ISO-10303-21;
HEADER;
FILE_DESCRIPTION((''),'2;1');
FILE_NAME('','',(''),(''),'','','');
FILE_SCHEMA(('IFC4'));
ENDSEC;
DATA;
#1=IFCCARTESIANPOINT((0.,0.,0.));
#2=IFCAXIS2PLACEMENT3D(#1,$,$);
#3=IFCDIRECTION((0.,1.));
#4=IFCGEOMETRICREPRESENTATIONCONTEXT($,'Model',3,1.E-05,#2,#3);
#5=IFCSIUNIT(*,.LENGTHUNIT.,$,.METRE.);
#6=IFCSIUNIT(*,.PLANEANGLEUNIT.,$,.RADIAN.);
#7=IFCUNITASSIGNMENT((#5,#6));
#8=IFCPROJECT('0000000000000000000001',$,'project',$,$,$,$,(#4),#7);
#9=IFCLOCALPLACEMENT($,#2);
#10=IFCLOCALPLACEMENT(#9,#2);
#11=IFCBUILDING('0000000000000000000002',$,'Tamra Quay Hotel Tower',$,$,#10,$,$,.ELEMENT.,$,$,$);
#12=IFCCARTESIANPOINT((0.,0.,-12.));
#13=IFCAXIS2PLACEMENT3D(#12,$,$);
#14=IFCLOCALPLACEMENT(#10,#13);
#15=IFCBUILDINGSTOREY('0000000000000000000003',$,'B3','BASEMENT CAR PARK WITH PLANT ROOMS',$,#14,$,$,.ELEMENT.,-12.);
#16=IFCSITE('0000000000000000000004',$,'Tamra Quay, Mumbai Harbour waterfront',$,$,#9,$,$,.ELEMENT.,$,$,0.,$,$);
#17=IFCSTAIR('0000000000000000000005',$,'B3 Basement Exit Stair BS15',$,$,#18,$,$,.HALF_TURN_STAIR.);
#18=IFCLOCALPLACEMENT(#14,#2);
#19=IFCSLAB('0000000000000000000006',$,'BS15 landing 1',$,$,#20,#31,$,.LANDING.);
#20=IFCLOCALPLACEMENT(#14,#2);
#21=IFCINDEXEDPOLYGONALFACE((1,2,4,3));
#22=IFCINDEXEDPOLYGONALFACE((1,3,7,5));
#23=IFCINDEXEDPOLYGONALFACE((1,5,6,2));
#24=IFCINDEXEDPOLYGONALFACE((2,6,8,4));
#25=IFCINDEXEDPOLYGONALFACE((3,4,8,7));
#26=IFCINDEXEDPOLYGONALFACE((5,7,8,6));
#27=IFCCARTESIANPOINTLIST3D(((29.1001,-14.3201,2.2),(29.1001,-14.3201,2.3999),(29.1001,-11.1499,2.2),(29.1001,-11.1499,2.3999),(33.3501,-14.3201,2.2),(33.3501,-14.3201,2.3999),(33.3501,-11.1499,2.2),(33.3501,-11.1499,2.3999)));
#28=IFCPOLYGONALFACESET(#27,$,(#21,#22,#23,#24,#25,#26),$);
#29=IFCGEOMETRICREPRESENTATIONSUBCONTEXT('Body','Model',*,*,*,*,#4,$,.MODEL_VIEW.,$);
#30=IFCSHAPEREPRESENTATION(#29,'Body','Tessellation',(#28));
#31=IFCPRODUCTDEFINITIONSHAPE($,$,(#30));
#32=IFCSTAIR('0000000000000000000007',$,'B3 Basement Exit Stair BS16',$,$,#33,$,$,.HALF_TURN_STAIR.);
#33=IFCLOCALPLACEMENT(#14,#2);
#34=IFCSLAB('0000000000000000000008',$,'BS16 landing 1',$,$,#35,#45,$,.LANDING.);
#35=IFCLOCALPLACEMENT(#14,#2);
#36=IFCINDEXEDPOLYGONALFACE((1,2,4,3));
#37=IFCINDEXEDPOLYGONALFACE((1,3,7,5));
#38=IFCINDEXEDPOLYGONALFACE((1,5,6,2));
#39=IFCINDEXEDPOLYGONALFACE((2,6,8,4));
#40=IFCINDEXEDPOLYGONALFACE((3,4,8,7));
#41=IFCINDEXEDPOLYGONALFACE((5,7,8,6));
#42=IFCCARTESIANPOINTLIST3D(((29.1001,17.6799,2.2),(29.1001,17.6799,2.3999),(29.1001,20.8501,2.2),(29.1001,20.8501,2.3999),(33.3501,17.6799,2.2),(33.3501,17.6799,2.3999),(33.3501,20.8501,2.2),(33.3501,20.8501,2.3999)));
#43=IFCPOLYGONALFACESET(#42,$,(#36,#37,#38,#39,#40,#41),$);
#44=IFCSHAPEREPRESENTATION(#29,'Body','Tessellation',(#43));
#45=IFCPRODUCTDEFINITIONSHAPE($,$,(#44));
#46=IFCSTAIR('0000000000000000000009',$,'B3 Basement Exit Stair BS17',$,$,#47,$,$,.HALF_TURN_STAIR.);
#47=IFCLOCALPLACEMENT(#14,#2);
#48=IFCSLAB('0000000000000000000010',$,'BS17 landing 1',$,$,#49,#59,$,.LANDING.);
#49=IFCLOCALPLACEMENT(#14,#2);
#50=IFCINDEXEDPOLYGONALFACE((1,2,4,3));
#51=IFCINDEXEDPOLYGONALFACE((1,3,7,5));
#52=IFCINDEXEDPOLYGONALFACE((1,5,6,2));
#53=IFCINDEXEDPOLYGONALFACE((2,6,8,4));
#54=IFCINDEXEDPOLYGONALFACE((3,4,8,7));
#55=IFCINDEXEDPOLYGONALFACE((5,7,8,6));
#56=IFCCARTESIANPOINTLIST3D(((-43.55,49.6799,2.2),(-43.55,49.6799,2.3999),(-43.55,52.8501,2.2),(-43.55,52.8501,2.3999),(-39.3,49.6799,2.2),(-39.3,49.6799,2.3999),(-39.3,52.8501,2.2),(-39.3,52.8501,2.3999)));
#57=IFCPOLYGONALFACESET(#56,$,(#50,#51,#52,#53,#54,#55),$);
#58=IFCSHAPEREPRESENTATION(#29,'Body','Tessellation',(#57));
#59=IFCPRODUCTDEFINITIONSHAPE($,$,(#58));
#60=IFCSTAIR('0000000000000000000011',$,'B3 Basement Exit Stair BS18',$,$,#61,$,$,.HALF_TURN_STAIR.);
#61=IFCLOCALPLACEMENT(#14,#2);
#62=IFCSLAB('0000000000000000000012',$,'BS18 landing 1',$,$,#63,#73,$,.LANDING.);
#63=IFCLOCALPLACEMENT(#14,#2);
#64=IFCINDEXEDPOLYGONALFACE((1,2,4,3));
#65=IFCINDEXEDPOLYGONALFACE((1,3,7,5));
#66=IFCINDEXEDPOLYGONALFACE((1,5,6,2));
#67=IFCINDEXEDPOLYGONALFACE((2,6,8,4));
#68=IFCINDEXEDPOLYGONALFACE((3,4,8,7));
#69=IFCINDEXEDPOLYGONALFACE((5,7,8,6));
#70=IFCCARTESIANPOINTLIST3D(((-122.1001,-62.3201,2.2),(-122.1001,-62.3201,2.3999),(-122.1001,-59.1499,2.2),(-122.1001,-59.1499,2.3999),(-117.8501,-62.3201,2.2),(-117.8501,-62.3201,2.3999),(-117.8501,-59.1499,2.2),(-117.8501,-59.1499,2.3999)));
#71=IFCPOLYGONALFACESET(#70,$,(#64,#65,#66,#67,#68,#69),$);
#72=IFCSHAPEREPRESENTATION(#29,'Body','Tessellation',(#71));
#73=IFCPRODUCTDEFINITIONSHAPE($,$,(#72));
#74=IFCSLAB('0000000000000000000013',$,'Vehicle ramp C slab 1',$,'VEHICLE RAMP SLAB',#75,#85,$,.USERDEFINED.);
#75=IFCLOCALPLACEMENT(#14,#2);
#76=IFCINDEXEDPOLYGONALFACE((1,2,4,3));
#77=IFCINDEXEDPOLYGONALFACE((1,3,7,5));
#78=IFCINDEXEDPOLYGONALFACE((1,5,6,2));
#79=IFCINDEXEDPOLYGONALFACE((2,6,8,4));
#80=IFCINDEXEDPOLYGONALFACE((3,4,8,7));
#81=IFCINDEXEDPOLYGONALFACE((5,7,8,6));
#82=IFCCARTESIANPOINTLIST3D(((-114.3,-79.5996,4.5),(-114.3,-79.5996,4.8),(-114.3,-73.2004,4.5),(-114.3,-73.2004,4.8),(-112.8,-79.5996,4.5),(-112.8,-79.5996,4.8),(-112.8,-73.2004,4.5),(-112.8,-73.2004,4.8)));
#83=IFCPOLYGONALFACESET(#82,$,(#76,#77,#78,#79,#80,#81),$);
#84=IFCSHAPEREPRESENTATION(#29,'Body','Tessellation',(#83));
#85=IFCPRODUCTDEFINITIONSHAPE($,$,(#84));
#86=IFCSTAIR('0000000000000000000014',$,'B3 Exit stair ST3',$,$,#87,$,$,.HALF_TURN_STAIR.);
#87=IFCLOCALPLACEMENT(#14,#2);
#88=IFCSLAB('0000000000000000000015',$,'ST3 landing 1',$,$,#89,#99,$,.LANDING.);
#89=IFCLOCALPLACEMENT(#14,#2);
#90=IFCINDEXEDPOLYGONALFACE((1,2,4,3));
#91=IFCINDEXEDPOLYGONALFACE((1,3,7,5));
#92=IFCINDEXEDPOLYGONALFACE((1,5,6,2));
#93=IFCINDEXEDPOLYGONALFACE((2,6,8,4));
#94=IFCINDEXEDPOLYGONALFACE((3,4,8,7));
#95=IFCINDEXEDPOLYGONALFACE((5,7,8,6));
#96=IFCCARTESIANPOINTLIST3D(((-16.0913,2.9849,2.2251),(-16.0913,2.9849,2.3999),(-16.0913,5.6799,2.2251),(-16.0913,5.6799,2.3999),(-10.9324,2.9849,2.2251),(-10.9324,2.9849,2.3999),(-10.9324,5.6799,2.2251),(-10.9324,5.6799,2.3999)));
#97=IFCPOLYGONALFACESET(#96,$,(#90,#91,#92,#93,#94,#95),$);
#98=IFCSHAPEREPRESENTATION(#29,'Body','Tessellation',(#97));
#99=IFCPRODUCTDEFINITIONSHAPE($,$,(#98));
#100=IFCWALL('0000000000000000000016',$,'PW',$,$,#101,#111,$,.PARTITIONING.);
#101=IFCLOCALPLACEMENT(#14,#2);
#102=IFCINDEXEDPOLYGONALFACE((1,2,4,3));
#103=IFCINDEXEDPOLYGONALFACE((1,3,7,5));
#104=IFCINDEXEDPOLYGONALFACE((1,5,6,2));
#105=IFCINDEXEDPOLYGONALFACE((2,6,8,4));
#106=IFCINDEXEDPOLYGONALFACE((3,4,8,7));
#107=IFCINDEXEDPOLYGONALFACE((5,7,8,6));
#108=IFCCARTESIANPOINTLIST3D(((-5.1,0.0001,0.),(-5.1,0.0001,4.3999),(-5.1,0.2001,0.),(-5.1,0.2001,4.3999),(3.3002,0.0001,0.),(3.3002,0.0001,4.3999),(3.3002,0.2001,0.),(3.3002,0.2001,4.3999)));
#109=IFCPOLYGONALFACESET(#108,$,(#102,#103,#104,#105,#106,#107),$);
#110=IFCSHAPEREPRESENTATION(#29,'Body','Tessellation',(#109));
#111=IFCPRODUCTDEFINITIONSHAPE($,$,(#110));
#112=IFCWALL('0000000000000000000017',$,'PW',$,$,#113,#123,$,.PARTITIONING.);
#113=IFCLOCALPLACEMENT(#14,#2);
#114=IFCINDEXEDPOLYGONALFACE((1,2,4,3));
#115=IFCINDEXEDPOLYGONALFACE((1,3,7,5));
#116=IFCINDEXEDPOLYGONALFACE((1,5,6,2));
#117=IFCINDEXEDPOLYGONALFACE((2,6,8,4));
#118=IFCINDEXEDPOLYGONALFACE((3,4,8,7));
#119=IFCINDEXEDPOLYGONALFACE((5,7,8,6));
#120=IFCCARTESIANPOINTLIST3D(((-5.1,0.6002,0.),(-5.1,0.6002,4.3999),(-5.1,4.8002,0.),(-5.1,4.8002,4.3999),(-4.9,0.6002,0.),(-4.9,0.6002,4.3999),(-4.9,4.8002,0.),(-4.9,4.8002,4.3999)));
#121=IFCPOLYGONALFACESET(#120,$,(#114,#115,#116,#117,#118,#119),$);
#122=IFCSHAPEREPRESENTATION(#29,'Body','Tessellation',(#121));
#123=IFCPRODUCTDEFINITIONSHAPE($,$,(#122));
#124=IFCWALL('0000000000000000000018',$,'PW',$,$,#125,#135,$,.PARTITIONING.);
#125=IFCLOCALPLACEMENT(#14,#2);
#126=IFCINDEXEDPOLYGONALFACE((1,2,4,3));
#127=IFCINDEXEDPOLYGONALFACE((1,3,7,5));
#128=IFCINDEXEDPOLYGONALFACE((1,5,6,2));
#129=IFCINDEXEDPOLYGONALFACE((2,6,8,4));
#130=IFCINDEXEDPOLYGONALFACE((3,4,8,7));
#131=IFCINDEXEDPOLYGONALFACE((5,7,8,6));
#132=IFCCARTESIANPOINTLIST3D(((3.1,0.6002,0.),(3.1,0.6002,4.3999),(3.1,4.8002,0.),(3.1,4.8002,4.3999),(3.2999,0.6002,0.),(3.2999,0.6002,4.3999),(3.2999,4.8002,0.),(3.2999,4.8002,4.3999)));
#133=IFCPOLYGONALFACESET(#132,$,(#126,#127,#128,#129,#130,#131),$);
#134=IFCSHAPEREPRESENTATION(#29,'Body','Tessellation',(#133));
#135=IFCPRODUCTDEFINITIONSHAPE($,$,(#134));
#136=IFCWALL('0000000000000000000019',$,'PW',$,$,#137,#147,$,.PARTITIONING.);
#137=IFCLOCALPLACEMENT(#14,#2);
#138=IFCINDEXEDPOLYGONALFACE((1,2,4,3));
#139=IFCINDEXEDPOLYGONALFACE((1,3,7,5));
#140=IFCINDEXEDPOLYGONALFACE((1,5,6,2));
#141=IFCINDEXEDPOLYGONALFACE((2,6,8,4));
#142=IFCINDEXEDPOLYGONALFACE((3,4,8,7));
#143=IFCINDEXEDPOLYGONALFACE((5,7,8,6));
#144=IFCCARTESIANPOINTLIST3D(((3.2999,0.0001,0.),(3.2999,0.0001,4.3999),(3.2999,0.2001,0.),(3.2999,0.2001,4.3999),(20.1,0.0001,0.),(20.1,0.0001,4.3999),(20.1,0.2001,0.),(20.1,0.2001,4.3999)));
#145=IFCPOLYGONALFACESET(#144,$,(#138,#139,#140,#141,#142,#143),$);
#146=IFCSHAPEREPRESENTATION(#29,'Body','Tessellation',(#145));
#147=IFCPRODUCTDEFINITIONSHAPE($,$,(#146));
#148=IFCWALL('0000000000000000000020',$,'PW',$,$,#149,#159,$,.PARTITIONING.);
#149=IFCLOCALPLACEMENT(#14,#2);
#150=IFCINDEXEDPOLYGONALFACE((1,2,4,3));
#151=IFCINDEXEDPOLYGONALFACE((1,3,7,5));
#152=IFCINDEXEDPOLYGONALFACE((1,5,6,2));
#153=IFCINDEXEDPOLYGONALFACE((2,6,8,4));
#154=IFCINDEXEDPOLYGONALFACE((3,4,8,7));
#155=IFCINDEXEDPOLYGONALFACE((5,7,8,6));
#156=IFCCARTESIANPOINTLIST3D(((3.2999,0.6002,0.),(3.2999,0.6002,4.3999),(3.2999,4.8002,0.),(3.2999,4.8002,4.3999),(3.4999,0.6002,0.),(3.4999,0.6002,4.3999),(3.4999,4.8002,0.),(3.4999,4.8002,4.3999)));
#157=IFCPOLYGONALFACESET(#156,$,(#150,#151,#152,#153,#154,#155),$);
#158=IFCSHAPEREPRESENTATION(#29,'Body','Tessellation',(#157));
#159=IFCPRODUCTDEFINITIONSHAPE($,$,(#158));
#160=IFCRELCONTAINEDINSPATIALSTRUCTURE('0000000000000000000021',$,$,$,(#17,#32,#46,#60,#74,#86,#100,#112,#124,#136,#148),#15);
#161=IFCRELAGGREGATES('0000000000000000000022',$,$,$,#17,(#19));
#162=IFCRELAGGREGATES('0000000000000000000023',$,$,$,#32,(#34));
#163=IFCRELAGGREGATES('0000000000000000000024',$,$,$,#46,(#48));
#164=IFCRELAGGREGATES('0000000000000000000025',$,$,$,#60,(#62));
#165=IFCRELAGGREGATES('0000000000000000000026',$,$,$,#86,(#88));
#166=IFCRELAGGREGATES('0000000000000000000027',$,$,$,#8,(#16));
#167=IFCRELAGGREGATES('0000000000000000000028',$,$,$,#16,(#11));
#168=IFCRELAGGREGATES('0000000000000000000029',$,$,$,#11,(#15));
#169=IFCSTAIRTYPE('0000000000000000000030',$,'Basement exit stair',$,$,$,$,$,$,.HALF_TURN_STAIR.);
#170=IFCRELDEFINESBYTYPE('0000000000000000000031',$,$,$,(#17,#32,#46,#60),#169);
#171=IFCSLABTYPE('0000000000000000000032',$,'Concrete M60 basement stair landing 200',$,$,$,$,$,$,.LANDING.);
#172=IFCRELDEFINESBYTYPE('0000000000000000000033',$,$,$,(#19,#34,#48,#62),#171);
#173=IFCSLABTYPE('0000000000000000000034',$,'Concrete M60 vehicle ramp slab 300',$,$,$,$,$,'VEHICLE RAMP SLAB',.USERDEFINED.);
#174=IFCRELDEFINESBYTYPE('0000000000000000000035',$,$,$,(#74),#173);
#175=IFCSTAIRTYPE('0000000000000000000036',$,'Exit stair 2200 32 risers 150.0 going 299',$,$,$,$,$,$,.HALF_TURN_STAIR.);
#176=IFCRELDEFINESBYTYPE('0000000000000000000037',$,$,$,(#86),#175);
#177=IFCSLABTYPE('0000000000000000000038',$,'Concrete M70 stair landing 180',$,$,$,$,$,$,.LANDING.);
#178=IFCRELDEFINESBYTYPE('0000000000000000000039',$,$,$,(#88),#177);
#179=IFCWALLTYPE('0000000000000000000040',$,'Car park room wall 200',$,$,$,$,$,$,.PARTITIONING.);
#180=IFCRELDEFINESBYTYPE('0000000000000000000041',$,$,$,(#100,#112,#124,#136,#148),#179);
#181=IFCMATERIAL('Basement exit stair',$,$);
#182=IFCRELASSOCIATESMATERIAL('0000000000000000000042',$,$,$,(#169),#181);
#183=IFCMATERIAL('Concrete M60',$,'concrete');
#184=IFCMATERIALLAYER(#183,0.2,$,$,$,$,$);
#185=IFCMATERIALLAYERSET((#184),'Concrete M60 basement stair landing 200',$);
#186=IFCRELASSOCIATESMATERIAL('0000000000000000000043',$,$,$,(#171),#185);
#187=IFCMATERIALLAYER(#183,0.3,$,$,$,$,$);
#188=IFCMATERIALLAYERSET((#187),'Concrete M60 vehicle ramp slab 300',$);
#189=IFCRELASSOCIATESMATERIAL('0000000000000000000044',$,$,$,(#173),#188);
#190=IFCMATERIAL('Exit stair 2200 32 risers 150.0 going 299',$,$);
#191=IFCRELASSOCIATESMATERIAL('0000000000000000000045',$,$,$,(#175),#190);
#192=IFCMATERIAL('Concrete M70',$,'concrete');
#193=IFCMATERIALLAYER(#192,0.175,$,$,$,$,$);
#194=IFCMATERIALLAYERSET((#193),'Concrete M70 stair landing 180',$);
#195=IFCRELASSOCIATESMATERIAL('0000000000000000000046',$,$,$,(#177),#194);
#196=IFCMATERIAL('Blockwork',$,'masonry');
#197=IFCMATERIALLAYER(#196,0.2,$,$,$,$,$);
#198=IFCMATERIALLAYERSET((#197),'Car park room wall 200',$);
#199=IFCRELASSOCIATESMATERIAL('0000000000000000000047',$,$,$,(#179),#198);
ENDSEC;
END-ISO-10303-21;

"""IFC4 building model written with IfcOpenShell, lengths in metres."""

from ifc_helpers import new_model, si_unit, direction, frame, frame_2d, origin, place, context, subcontext, project, spatial, polyline, rectangle, outline, extrude, material, layer, layer_set, type_object, element, aggregate, save


model = new_model("IFC4")

# Units and contexts
model_context = context("Model", 3, precision=1e-05, world=origin(), true_north=direction((0.0, 1.0)))
body_context = subcontext(model_context, "Body", "Model", "MODEL_VIEW")
ifc_project = project(units=[si_unit("LENGTHUNIT", "METRE"), si_unit("PLANEANGLEUNIT", "RADIAN")], contexts=[model_context])

# Site, building, storey
site_placement = place(None, origin())
site = spatial("IfcSite", under=ifc_project, at=site_placement, Name="Tamra Quay, Mumbai Harbour waterfront", CompositionType="ELEMENT", RefElevation=0.0)
building_placement = place(site_placement, origin())
building = spatial("IfcBuilding", under=site, at=building_placement, Name="Tamra Quay Hotel Tower", CompositionType="ELEMENT")
storey_placement = place(building_placement, frame((0.0, 0.0, -12.0)))
storey = spatial("IfcBuildingStorey", under=building, at=storey_placement, Name="B3", Description="BASEMENT CAR PARK WITH PLANT ROOMS", CompositionType="ELEMENT", Elevation=-12.0)

# Shared definitions
ifc_material_1 = material(Name="Concrete M70", Category="concrete")

# Shared definitions
ifc_material_2 = material(Name="Concrete M60", Category="concrete")

# Stairs, slabs
ifc_material_3 = material(Name="Basement exit stair")
stair_type_1 = type_object("IfcStairType", Name="Basement exit stair", PredefinedType="HALF_TURN_STAIR", material=ifc_material_3)
ifc_layer_1 = layer(ifc_material_2, 0.2)
ifc_layer_set_1 = layer_set([ifc_layer_1], Name="Concrete M60 basement stair landing 200")
slab_type_1 = type_object("IfcSlabType", Name="Concrete M60 basement stair landing 200", PredefinedType="LANDING", material=ifc_layer_set_1)
stair_1_placement = place(storey_placement, origin())
stair_1 = element("IfcStair", 1, at=stair_1_placement, inside=storey, type_object=stair_type_1, Name="B3 Basement Exit Stair BS15", PredefinedType="HALF_TURN_STAIR")
slab_1_placement = place(storey_placement, frame((0.0, 0.0, 2.2)))
slab_1 = element("IfcSlab", 2, at=slab_1_placement, type_object=slab_type_1, Name="BS15 landing 1", PredefinedType="LANDING", context=body_context, shape_type="SweptSolid", body=[
    extrude(outline(polyline([(33.3501, -14.3201), (33.3501, -11.1499), (29.1001, -11.1499), (29.1001, -14.3201), (33.3501, -14.3201)])), origin(), (0.0, 0.0, 1.0), 0.2),
])
aggregate(stair_1, [slab_1])
stair_2_placement = place(storey_placement, origin())
stair_2 = element("IfcStair", 3, at=stair_2_placement, inside=storey, type_object=stair_type_1, Name="B3 Basement Exit Stair BS16", PredefinedType="HALF_TURN_STAIR")
slab_2_placement = place(storey_placement, frame((0.0, 0.0, 2.2)))
slab_2 = element("IfcSlab", 4, at=slab_2_placement, type_object=slab_type_1, Name="BS16 landing 1", PredefinedType="LANDING", context=body_context, shape_type="SweptSolid", body=[
    extrude(outline(polyline([(33.3501, 17.6799), (33.3501, 20.8501), (29.1001, 20.8501), (29.1001, 17.6799), (33.3501, 17.6799)])), origin(), (0.0, 0.0, 1.0), 0.2),
])
aggregate(stair_2, [slab_2])
stair_3_placement = place(storey_placement, origin())
stair_3 = element("IfcStair", 5, at=stair_3_placement, inside=storey, type_object=stair_type_1, Name="B3 Basement Exit Stair BS17", PredefinedType="HALF_TURN_STAIR")
slab_3_placement = place(storey_placement, frame((0.0, 0.0, 2.2)))
slab_3 = element("IfcSlab", 6, at=slab_3_placement, type_object=slab_type_1, Name="BS17 landing 1", PredefinedType="LANDING", context=body_context, shape_type="SweptSolid", body=[
    extrude(outline(polyline([(-39.3, 49.6799), (-39.3, 52.8501), (-43.55, 52.8501), (-43.55, 49.6799), (-39.3, 49.6799)])), origin(), (0.0, 0.0, 1.0), 0.2),
])
aggregate(stair_3, [slab_3])
stair_4_placement = place(storey_placement, origin())
stair_4 = element("IfcStair", 7, at=stair_4_placement, inside=storey, type_object=stair_type_1, Name="B3 Basement Exit Stair BS18", PredefinedType="HALF_TURN_STAIR")
slab_4_placement = place(storey_placement, frame((0.0, 0.0, 2.2)))
slab_4 = element("IfcSlab", 8, at=slab_4_placement, type_object=slab_type_1, Name="BS18 landing 1", PredefinedType="LANDING", context=body_context, shape_type="SweptSolid", body=[
    extrude(outline(polyline([(-117.8501, -62.3201), (-117.8501, -59.1499), (-122.1001, -59.1499), (-122.1001, -62.3201), (-117.8501, -62.3201)])), origin(), (0.0, 0.0, 1.0), 0.2),
])
aggregate(stair_4, [slab_4])

# Slab
ifc_layer_2 = layer(ifc_material_2, 0.3)
ifc_layer_set_2 = layer_set([ifc_layer_2], Name="Concrete M60 vehicle ramp slab 300")
slab_type_2 = type_object("IfcSlabType", Name="Concrete M60 vehicle ramp slab 300", ElementType="VEHICLE RAMP SLAB", PredefinedType="USERDEFINED", material=ifc_layer_set_2)
slab_5_placement = place(storey_placement, frame((0.0, 0.0, 4.5)))
element("IfcSlab", 9, at=slab_5_placement, inside=storey, type_object=slab_type_2, Name="Vehicle ramp C slab 1", ObjectType="VEHICLE RAMP SLAB", PredefinedType="USERDEFINED", context=body_context, shape_type="SweptSolid", body=[
    extrude(outline(polyline([(-114.3, -79.5996), (-112.8, -79.5996), (-112.8, -73.2004), (-114.3, -73.2004), (-114.3, -79.5996)])), origin(), (0.0, 0.0, 1.0), 0.3),
])

# Stair, slab
ifc_material_4 = material(Name="Exit stair 2200 32 risers 150.0 going 299")
stair_type_2 = type_object("IfcStairType", Name="Exit stair 2200 32 risers 150.0 going 299", PredefinedType="HALF_TURN_STAIR", material=ifc_material_4)
stair_5_placement = place(storey_placement, origin())
stair_5 = element("IfcStair", 10, at=stair_5_placement, inside=storey, type_object=stair_type_2, Name="B3 Exit stair ST3", PredefinedType="HALF_TURN_STAIR")
ifc_layer_3 = layer(ifc_material_1, 0.175)
ifc_layer_set_3 = layer_set([ifc_layer_3], Name="Concrete M70 stair landing 180")
slab_type_3 = type_object("IfcSlabType", Name="Concrete M70 stair landing 180", PredefinedType="LANDING", material=ifc_layer_set_3)
slab_6_placement = place(storey_placement, frame((0.0, 0.0, 2.2251)))
slab_6 = element("IfcSlab", 11, at=slab_6_placement, type_object=slab_type_3, Name="ST3 landing 1", PredefinedType="LANDING", context=body_context, shape_type="SweptSolid", body=[
    extrude(outline(polyline([(-10.9324, 2.9849), (-10.9324, 5.6799), (-16.0913, 5.6799), (-16.0913, 2.9849), (-10.9324, 2.9849)])), origin(), (0.0, 0.0, 1.0), 0.1748),
])
aggregate(stair_5, [slab_6])

# Walls
ifc_material_5 = material(Name="Blockwork", Category="masonry")
ifc_layer_4 = layer(ifc_material_5, 0.2)
ifc_layer_set_4 = layer_set([ifc_layer_4], Name="Car park room wall 200")
wall_type = type_object("IfcWallType", Name="Car park room wall 200", PredefinedType="PARTITIONING", material=ifc_layer_set_4)
wall_1_placement = place(storey_placement, frame((-5.1001, 0.1001, 0.0), z_axis=(0.0, 0.0, 1.0), x_axis=(1.0, 0.0, 0.0)))
element("IfcWall", 12, at=wall_1_placement, inside=storey, type_object=wall_type, Name="PW", PredefinedType="PARTITIONING", context=body_context, shape_type="SweptSolid", body=[
    extrude(rectangle(XDim=8.4001, YDim=0.2, at=frame_2d((4.2002, 0.0))), origin(), (0.0, 0.0, 1.0), 4.3999),
])
for number, where, z_axis, x_axis, name in (
    (13, (-5.0, 0.6001, 0.0), (0.0, 0.0, 1.0), (0.0, 1.0, 0.0), "PW"),
    (14, (3.2, 0.6001, 0.0), (0.0, 0.0, 1.0), (0.0, 1.0, 0.0), "PW"),
):
    element("IfcWall", number, at=place(storey_placement, frame(where, z_axis=z_axis, x_axis=x_axis)), inside=storey, type_object=wall_type, Name=name, PredefinedType="PARTITIONING", context=body_context, shape_type="SweptSolid", body=[
        extrude(rectangle(XDim=4.2, YDim=0.2, at=frame_2d((2.1001, 0.0))), origin(), (0.0, 0.0, 1.0), 4.3999),
    ])
wall_2_placement = place(storey_placement, frame((3.3, 0.1001, 0.0), z_axis=(0.0, 0.0, 1.0), x_axis=(1.0, 0.0, 0.0)))
element("IfcWall", 15, at=wall_2_placement, inside=storey, type_object=wall_type, Name="PW", PredefinedType="PARTITIONING", context=body_context, shape_type="SweptSolid", body=[
    extrude(rectangle(XDim=16.8, YDim=0.2, at=frame_2d((8.3999, 0.0))), origin(), (0.0, 0.0, 1.0), 4.3999),
])
wall_3_placement = place(storey_placement, frame((3.3999, 0.6001, 0.0), z_axis=(0.0, 0.0, 1.0), x_axis=(0.0, 1.0, 0.0)))
element("IfcWall", 16, at=wall_3_placement, inside=storey, type_object=wall_type, Name="PW", PredefinedType="PARTITIONING", context=body_context, shape_type="SweptSolid", body=[
    extrude(rectangle(XDim=4.2, YDim=0.2, at=frame_2d((2.1001, 0.0))), origin(), (0.0, 0.0, 1.0), 4.3999),
])

save(model, "model.ifc")
